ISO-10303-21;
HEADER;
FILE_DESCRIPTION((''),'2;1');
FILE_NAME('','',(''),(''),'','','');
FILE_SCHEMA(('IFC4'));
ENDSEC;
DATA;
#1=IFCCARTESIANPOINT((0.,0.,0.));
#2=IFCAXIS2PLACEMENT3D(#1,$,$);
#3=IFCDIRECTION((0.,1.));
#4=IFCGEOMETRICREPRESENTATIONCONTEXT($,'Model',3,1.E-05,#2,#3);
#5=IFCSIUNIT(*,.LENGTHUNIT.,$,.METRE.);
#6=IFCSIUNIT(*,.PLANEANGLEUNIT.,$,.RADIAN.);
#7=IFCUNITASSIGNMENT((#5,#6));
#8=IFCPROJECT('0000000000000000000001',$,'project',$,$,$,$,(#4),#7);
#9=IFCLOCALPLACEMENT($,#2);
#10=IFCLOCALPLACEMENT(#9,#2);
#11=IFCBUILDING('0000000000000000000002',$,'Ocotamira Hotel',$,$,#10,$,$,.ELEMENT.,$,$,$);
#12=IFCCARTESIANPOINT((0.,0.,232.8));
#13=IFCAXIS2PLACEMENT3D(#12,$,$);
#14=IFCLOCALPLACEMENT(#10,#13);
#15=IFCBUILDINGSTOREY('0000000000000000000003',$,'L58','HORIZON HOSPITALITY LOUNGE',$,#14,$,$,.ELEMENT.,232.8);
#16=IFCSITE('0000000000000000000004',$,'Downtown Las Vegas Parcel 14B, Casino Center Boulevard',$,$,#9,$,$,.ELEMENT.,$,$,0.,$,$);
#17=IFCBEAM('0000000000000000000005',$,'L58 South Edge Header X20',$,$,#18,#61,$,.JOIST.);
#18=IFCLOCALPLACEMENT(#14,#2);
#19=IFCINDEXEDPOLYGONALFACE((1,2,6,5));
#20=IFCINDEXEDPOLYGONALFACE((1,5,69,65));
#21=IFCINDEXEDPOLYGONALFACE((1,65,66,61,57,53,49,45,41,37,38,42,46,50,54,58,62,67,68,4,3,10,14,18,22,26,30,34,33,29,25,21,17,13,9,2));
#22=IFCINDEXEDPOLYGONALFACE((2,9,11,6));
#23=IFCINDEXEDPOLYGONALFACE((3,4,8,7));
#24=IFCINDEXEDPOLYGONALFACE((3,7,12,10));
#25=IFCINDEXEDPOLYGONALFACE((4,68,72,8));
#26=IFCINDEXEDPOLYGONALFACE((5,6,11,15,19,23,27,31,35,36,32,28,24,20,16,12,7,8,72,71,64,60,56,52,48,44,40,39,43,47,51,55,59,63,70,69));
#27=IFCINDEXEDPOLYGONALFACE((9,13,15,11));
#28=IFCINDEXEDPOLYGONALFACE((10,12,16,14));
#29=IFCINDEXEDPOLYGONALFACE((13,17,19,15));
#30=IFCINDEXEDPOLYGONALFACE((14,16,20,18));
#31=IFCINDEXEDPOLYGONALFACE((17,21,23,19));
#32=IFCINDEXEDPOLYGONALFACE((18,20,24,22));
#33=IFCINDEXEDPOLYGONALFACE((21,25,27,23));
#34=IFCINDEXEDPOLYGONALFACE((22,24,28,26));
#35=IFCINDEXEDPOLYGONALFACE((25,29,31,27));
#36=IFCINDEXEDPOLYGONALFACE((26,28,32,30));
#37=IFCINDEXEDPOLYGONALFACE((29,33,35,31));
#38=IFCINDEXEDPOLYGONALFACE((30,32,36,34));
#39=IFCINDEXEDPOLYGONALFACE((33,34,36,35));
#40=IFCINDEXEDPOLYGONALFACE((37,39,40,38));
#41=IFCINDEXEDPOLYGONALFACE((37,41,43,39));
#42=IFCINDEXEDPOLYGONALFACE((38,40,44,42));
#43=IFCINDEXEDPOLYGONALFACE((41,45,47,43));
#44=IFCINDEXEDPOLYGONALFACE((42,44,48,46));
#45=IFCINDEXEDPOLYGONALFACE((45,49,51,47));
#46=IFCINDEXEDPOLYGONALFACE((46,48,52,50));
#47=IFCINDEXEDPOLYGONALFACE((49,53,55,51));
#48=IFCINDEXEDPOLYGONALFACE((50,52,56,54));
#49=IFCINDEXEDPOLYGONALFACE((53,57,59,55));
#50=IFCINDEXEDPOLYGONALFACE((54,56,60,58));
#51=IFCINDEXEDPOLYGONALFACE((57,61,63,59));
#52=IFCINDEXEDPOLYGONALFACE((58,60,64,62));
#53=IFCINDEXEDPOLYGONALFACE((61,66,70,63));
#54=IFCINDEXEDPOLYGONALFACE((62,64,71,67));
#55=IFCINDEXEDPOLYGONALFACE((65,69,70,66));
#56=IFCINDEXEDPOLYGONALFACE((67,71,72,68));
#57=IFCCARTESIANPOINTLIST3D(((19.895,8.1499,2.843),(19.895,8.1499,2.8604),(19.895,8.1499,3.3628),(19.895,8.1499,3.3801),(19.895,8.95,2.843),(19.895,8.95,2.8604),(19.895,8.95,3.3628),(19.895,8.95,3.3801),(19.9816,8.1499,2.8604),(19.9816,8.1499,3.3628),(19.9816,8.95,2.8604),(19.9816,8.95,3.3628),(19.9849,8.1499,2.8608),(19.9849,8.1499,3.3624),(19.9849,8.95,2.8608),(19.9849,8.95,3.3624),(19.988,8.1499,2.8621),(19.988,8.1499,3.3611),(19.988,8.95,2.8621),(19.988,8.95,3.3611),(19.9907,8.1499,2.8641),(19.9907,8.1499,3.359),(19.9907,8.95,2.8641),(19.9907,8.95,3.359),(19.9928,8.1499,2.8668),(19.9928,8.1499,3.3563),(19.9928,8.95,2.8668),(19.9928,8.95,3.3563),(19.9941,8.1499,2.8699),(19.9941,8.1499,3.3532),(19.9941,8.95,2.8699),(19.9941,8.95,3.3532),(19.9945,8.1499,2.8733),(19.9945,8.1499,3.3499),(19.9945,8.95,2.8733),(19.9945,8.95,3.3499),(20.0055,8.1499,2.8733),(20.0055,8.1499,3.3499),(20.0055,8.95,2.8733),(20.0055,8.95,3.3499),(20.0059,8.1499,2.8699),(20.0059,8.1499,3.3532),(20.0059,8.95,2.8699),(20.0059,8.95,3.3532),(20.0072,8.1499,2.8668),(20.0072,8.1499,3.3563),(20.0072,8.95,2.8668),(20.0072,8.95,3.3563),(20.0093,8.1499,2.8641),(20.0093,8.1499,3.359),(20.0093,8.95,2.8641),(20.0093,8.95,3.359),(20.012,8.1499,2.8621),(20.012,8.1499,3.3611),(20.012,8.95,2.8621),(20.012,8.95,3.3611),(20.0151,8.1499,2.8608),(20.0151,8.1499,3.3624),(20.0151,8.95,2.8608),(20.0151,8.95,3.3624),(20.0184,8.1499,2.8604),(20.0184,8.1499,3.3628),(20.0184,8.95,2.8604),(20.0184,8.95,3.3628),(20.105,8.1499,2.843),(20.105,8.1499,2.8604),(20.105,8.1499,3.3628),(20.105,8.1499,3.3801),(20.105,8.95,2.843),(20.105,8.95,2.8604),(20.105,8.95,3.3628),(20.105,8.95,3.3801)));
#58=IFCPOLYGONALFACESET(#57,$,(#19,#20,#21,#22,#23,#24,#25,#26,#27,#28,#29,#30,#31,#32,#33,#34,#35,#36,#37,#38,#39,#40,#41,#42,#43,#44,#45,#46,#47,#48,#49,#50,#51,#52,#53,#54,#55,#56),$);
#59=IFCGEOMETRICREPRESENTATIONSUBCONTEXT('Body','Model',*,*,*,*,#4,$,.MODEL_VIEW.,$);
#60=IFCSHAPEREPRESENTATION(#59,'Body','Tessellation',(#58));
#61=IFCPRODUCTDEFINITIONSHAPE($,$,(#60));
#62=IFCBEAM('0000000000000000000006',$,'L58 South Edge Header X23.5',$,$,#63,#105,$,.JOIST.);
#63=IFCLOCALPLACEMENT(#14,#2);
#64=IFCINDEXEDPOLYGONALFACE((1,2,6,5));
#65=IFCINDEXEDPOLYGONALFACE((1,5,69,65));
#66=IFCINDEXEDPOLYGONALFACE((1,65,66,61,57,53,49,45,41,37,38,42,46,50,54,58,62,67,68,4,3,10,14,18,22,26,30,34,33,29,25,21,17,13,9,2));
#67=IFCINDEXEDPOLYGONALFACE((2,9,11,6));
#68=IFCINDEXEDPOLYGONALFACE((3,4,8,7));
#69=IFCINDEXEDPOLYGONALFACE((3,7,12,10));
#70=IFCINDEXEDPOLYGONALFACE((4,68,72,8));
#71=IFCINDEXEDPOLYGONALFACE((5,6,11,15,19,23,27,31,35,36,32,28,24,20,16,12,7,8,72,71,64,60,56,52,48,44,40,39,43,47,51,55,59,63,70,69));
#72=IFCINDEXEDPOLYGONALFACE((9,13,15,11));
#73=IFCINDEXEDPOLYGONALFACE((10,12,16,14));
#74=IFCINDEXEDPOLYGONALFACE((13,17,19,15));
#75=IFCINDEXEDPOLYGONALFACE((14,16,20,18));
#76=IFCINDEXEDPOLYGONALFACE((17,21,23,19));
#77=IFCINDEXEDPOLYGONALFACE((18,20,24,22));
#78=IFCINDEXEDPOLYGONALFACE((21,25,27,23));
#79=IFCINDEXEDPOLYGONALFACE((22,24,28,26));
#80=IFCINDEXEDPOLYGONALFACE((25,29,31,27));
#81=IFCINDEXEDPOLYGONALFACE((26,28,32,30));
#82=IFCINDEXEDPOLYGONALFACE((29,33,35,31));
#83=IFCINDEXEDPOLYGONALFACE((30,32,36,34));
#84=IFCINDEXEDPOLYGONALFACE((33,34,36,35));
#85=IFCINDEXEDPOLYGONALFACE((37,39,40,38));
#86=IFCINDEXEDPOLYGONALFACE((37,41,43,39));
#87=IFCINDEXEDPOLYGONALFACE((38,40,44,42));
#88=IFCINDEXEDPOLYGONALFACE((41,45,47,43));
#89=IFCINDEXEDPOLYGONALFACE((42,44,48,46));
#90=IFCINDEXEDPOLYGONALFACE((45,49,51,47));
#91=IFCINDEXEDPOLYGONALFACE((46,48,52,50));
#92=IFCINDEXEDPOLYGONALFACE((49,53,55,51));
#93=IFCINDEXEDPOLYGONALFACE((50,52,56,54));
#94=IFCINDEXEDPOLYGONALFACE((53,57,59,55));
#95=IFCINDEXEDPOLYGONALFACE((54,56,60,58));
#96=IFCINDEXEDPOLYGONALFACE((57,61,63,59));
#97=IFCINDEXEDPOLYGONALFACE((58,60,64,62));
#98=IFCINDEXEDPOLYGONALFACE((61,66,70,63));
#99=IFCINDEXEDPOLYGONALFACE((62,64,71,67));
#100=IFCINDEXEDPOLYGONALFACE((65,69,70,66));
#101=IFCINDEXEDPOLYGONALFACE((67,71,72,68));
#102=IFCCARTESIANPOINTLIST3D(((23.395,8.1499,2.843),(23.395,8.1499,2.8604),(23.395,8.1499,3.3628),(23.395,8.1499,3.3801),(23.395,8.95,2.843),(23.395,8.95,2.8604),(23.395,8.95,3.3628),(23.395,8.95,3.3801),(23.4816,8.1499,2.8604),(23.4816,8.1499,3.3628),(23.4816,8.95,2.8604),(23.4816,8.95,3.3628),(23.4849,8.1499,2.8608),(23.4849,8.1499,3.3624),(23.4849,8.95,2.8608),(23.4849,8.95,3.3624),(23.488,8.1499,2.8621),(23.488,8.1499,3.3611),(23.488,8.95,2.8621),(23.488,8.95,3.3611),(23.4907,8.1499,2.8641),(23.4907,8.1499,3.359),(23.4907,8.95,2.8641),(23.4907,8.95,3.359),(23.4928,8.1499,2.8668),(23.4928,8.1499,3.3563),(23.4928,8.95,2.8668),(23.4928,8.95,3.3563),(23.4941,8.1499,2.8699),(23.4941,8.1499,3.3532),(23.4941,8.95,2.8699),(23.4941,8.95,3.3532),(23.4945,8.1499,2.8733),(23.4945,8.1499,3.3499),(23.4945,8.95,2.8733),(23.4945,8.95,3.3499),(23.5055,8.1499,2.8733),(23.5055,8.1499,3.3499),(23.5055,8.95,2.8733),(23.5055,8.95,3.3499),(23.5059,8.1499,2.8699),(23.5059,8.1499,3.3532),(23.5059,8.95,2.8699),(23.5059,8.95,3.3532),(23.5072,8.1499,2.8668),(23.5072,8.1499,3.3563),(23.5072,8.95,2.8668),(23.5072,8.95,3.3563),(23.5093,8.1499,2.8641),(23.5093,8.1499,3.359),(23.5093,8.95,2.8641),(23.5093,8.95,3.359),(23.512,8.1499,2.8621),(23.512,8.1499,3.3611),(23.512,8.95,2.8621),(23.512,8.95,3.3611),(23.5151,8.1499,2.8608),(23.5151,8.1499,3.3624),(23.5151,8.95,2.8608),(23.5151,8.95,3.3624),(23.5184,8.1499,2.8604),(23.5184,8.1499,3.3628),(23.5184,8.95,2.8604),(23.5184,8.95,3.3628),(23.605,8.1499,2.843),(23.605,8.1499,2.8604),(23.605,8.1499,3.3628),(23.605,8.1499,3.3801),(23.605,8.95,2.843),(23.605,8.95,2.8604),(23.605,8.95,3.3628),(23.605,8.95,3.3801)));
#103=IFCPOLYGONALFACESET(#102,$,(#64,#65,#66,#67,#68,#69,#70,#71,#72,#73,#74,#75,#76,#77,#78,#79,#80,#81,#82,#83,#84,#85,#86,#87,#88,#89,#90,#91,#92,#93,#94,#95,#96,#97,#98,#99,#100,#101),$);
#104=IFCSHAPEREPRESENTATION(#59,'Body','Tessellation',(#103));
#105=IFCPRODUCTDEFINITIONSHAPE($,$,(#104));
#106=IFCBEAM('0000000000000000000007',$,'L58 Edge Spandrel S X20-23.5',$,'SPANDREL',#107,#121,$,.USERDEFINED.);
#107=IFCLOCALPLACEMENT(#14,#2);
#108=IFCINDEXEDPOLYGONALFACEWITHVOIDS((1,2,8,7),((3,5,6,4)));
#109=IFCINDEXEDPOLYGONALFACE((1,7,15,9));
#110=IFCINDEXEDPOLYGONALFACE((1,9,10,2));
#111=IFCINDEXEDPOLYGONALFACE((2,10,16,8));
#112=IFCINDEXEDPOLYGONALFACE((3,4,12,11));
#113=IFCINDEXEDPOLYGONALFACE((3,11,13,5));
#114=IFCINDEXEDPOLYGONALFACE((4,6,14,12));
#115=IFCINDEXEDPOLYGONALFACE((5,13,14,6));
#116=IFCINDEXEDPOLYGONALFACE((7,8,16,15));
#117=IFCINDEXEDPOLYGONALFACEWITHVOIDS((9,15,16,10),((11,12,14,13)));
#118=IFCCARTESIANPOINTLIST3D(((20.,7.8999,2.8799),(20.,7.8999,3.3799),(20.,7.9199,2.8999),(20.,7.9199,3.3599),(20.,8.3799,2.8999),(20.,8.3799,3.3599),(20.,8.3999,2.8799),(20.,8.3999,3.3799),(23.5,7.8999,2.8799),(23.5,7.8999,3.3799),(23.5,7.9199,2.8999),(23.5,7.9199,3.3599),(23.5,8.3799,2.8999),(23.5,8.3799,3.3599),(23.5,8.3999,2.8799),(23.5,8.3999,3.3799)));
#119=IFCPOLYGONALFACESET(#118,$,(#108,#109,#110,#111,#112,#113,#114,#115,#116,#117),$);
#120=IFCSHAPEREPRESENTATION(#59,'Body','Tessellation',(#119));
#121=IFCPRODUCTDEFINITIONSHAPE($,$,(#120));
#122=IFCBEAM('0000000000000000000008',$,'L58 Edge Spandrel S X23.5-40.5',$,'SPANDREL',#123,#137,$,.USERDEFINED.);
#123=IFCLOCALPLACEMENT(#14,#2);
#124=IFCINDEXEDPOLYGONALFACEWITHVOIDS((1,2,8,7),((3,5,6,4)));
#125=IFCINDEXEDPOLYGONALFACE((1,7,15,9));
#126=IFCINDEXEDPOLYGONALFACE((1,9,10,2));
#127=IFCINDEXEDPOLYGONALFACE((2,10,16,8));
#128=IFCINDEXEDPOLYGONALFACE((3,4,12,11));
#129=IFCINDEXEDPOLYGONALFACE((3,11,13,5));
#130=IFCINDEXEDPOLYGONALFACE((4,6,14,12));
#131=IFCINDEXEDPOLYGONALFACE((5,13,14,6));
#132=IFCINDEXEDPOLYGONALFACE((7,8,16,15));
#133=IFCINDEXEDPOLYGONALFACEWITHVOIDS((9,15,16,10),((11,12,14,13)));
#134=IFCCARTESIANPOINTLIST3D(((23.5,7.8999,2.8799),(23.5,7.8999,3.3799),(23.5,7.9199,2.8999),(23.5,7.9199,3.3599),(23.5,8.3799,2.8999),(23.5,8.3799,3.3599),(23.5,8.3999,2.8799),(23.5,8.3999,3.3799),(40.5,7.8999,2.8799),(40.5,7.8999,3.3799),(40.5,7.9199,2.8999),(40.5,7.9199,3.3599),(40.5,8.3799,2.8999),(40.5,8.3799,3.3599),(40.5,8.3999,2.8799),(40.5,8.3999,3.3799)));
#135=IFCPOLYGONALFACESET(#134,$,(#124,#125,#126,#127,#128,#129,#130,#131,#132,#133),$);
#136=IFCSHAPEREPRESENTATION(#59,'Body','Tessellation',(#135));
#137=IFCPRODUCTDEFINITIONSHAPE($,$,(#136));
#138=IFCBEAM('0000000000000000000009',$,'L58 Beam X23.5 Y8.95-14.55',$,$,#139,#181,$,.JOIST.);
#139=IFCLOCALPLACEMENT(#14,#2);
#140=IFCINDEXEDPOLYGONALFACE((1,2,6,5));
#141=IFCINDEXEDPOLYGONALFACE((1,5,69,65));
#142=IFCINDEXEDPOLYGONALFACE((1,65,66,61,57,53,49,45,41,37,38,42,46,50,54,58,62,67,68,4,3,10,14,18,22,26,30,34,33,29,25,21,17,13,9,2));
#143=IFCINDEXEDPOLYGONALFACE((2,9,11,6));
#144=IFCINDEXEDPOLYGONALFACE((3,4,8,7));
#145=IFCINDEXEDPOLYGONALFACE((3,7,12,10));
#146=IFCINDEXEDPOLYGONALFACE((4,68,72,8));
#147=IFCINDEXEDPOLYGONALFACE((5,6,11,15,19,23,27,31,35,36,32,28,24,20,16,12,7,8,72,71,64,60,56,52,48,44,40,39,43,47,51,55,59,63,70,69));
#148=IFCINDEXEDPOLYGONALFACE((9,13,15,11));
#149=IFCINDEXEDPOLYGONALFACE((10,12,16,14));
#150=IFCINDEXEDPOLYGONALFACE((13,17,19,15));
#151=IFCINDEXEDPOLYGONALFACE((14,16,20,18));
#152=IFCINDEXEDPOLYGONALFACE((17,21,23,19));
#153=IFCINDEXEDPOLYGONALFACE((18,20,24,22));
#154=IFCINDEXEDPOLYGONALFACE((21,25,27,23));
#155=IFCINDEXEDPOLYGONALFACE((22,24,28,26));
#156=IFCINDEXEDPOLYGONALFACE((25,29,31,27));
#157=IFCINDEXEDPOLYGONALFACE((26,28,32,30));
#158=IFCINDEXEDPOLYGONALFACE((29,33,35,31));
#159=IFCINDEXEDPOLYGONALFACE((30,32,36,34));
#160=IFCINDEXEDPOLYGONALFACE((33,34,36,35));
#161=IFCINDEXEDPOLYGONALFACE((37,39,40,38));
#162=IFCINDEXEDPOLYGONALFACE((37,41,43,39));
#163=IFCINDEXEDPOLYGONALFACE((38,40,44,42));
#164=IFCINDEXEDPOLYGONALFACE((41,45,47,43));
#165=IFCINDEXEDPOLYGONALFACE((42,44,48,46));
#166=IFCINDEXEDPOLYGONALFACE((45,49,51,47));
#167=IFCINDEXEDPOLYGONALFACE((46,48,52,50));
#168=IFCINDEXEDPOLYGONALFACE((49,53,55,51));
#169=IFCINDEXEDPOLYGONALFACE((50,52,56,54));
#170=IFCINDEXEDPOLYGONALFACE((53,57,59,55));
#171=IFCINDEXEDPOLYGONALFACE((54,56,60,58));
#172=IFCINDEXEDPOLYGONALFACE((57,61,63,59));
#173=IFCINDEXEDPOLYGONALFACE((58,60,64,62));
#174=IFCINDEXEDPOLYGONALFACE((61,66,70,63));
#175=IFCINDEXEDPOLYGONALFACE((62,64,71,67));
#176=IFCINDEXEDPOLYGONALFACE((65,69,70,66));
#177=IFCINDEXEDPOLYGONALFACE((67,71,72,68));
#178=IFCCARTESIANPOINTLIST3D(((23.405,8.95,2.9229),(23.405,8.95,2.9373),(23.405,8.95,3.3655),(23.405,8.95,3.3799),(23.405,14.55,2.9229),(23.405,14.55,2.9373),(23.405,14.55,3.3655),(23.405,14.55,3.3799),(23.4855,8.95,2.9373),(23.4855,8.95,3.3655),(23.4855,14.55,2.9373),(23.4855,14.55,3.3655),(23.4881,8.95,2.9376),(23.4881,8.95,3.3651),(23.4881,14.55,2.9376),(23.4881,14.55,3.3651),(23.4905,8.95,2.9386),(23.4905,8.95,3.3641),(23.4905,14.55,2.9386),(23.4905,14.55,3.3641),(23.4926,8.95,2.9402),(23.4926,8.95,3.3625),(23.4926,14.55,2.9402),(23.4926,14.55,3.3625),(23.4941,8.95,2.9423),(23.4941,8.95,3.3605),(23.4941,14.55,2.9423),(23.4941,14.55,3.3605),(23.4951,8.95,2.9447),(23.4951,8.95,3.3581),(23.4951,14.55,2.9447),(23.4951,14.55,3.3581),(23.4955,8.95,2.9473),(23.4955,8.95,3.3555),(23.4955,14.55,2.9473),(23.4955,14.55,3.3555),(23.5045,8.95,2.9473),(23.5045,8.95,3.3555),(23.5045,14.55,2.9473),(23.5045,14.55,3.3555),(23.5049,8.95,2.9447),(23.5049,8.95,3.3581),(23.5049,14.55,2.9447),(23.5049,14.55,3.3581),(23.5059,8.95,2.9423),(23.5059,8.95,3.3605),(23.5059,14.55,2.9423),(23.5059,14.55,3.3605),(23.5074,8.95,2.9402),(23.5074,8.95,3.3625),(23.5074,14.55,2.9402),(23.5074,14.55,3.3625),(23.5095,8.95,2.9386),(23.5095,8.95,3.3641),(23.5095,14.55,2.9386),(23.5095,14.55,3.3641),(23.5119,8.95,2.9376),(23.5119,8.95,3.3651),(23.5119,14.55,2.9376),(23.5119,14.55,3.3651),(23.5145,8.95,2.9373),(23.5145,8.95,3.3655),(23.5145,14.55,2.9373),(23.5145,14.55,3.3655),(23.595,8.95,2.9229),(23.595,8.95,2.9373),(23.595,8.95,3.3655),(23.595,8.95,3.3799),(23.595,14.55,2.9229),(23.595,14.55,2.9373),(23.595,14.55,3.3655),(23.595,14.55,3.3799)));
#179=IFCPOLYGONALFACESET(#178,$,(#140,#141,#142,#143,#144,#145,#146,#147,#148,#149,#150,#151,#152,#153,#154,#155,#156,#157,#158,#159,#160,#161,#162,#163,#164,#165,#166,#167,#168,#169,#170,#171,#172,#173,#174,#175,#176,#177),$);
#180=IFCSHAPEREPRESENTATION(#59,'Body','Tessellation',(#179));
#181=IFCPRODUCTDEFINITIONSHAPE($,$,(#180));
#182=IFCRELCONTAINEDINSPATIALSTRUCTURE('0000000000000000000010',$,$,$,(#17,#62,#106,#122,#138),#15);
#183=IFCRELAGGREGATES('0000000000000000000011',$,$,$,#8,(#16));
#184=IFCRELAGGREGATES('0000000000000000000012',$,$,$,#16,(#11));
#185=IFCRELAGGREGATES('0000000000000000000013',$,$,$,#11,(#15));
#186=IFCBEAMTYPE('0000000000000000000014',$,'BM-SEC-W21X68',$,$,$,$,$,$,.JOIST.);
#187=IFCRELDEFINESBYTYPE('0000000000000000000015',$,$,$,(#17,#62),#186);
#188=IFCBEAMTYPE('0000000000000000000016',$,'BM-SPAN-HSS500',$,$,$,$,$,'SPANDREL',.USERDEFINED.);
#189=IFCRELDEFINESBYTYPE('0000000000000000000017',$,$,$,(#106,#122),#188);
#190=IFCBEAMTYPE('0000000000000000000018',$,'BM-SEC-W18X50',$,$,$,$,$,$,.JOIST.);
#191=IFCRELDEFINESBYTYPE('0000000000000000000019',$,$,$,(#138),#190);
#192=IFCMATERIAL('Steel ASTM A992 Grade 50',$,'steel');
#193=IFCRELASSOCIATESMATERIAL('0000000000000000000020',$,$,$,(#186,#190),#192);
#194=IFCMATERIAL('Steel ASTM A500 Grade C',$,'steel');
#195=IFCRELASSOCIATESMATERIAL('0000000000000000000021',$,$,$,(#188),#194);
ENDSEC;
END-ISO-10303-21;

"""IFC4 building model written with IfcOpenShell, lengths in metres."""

from ifc_helpers import new_model, si_unit, direction, frame, origin, origin_2d, place, context, subcontext, project, spatial, hollow_rectangle, i_section, extrude, source, transform, mapped, material, material_profile, profile_set, type_object, element, save


model = new_model("IFC4")

# Units and contexts
model_context = context("Model", 3, precision=1e-05, world=origin(), true_north=direction((0.0, 1.0)))
body_context = subcontext(model_context, "Body", "Model", "MODEL_VIEW")
ifc_project = project(units=[si_unit("LENGTHUNIT", "METRE"), si_unit("PLANEANGLEUNIT", "RADIAN")], contexts=[model_context])

# Site, building, storey
site_placement = place(None, origin())
site = spatial("IfcSite", under=ifc_project, at=site_placement, Name="Downtown Las Vegas Parcel 14B, Casino Center Boulevard", CompositionType="ELEMENT", RefElevation=0.0)
building_placement = place(site_placement, origin())
building = spatial("IfcBuilding", under=site, at=building_placement, Name="Ocotamira Hotel", CompositionType="ELEMENT")
storey_placement = place(building_placement, frame((0.0, 0.0, 232.8)))
storey = spatial("IfcBuildingStorey", under=building, at=storey_placement, Name="L58", Description="HORIZON HOSPITALITY LOUNGE", CompositionType="ELEMENT", Elevation=232.8)

# Shared definitions
ifc_material_1 = material(Name="Steel ASTM A992 Grade 50", Category="steel")

# Beams
ifc_material_profile_1 = material_profile(ifc_material_1, i_section(OverallWidth=0.21, OverallDepth=0.5371, WebThickness=0.011, FlangeThickness=0.0173, FilletRadius=0.0129, at=origin_2d()), Name="W21X68")
ifc_profile_set_1 = profile_set([ifc_material_profile_1], Name="Steel ASTM A992 Grade 50")
beam_type_1 = type_object("IfcBeamType", Name="BM-SEC-W21X68", PredefinedType="JOIST", material=ifc_profile_set_1)
shared_shape_1 = source(origin(), body_context, "Body", "SweptSolid", [
    extrude(i_section(OverallWidth=0.21, OverallDepth=0.5371, WebThickness=0.011, FlangeThickness=0.0173, FilletRadius=0.0129, at=origin_2d()), origin(), (0.0, 0.0, 1.0), 0.8),
])
for number, where, z_axis, x_axis, name in (
    (1, (20.0, 8.95, 3.1116), (0.0, -1.0, 0.0), (1.0, 0.0, 0.0), "L58 South Edge Header X20"),
    (2, (23.5, 8.95, 3.1116), (0.0, -1.0, 0.0), (1.0, 0.0, 0.0), "L58 South Edge Header X23.5"),
):
    element("IfcBeam", number, at=place(storey_placement, frame(where, z_axis=z_axis, x_axis=x_axis)), inside=storey, type_object=beam_type_1, Name=name, PredefinedType="JOIST", context=body_context, shape_type="MappedRepresentation", body=[
        mapped(shared_shape_1, transform((0.0, 0.0, 0.0), scale=1.0)),
    ])
ifc_material_2 = material(Name="Steel ASTM A500 Grade C", Category="steel")
ifc_material_profile_2 = material_profile(ifc_material_2, hollow_rectangle(XDim=0.5, YDim=0.5, WallThickness=0.02, at=origin_2d()), Name="HSS500X500X20")
ifc_profile_set_2 = profile_set([ifc_material_profile_2], Name="Steel ASTM A500 Grade C")
beam_type_2 = type_object("IfcBeamType", Name="BM-SPAN-HSS500", ElementType="SPANDREL", PredefinedType="USERDEFINED", material=ifc_profile_set_2)
shared_shape_2 = source(origin(), body_context, "Body", "SweptSolid", [
    extrude(hollow_rectangle(XDim=0.5, YDim=0.5, WallThickness=0.02, at=origin_2d()), origin(), (0.0, 0.0, 1.0), 3.5),
])
beam_1_placement = place(storey_placement, frame((20.0, 8.1499, 3.1299), z_axis=(1.0, 0.0, 0.0), x_axis=(0.0, 1.0, 0.0)))
element("IfcBeam", 3, at=beam_1_placement, inside=storey, type_object=beam_type_2, Name="L58 Edge Spandrel S X20-23.5", ObjectType="SPANDREL", PredefinedType="USERDEFINED", context=body_context, shape_type="MappedRepresentation", body=[
    mapped(shared_shape_2, transform((0.0, 0.0, 0.0), scale=1.0)),
])
shared_shape_3 = source(origin(), body_context, "Body", "SweptSolid", [
    extrude(hollow_rectangle(XDim=0.5, YDim=0.5, WallThickness=0.02, at=origin_2d()), origin(), (0.0, 0.0, 1.0), 17.0),
])
beam_2_placement = place(storey_placement, frame((23.5, 8.1499, 3.1299), z_axis=(1.0, 0.0, 0.0), x_axis=(0.0, 1.0, 0.0)))
element("IfcBeam", 4, at=beam_2_placement, inside=storey, type_object=beam_type_2, Name="L58 Edge Spandrel S X23.5-40.5", ObjectType="SPANDREL", PredefinedType="USERDEFINED", context=body_context, shape_type="MappedRepresentation", body=[
    mapped(shared_shape_3, transform((0.0, 0.0, 0.0), scale=1.0)),
])
ifc_material_profile_3 = material_profile(ifc_material_1, i_section(OverallWidth=0.1899, OverallDepth=0.457, WebThickness=0.009, FlangeThickness=0.0144, FilletRadius=0.01, at=origin_2d()), Name="W18X50")
ifc_profile_set_3 = profile_set([ifc_material_profile_3], Name="Steel ASTM A992 Grade 50")
beam_type_3 = type_object("IfcBeamType", Name="BM-SEC-W18X50", PredefinedType="JOIST", material=ifc_profile_set_3)
shared_shape_4 = source(origin(), body_context, "Body", "SweptSolid", [
    extrude(i_section(OverallWidth=0.1899, OverallDepth=0.457, WebThickness=0.009, FlangeThickness=0.0144, FilletRadius=0.01, at=origin_2d()), origin(), (0.0, 0.0, 1.0), 5.6001),
])
beam_3_placement = place(storey_placement, frame((23.5, 8.95, 3.1514), z_axis=(0.0, 1.0, 0.0), x_axis=(-1.0, 0.0, 0.0)))
element("IfcBeam", 5, at=beam_3_placement, inside=storey, type_object=beam_type_3, Name="L58 Beam X23.5 Y8.95-14.55", PredefinedType="JOIST", context=body_context, shape_type="MappedRepresentation", body=[
    mapped(shared_shape_4, transform((0.0, 0.0, 0.0), scale=1.0)),
])

save(model, "model.ifc")
